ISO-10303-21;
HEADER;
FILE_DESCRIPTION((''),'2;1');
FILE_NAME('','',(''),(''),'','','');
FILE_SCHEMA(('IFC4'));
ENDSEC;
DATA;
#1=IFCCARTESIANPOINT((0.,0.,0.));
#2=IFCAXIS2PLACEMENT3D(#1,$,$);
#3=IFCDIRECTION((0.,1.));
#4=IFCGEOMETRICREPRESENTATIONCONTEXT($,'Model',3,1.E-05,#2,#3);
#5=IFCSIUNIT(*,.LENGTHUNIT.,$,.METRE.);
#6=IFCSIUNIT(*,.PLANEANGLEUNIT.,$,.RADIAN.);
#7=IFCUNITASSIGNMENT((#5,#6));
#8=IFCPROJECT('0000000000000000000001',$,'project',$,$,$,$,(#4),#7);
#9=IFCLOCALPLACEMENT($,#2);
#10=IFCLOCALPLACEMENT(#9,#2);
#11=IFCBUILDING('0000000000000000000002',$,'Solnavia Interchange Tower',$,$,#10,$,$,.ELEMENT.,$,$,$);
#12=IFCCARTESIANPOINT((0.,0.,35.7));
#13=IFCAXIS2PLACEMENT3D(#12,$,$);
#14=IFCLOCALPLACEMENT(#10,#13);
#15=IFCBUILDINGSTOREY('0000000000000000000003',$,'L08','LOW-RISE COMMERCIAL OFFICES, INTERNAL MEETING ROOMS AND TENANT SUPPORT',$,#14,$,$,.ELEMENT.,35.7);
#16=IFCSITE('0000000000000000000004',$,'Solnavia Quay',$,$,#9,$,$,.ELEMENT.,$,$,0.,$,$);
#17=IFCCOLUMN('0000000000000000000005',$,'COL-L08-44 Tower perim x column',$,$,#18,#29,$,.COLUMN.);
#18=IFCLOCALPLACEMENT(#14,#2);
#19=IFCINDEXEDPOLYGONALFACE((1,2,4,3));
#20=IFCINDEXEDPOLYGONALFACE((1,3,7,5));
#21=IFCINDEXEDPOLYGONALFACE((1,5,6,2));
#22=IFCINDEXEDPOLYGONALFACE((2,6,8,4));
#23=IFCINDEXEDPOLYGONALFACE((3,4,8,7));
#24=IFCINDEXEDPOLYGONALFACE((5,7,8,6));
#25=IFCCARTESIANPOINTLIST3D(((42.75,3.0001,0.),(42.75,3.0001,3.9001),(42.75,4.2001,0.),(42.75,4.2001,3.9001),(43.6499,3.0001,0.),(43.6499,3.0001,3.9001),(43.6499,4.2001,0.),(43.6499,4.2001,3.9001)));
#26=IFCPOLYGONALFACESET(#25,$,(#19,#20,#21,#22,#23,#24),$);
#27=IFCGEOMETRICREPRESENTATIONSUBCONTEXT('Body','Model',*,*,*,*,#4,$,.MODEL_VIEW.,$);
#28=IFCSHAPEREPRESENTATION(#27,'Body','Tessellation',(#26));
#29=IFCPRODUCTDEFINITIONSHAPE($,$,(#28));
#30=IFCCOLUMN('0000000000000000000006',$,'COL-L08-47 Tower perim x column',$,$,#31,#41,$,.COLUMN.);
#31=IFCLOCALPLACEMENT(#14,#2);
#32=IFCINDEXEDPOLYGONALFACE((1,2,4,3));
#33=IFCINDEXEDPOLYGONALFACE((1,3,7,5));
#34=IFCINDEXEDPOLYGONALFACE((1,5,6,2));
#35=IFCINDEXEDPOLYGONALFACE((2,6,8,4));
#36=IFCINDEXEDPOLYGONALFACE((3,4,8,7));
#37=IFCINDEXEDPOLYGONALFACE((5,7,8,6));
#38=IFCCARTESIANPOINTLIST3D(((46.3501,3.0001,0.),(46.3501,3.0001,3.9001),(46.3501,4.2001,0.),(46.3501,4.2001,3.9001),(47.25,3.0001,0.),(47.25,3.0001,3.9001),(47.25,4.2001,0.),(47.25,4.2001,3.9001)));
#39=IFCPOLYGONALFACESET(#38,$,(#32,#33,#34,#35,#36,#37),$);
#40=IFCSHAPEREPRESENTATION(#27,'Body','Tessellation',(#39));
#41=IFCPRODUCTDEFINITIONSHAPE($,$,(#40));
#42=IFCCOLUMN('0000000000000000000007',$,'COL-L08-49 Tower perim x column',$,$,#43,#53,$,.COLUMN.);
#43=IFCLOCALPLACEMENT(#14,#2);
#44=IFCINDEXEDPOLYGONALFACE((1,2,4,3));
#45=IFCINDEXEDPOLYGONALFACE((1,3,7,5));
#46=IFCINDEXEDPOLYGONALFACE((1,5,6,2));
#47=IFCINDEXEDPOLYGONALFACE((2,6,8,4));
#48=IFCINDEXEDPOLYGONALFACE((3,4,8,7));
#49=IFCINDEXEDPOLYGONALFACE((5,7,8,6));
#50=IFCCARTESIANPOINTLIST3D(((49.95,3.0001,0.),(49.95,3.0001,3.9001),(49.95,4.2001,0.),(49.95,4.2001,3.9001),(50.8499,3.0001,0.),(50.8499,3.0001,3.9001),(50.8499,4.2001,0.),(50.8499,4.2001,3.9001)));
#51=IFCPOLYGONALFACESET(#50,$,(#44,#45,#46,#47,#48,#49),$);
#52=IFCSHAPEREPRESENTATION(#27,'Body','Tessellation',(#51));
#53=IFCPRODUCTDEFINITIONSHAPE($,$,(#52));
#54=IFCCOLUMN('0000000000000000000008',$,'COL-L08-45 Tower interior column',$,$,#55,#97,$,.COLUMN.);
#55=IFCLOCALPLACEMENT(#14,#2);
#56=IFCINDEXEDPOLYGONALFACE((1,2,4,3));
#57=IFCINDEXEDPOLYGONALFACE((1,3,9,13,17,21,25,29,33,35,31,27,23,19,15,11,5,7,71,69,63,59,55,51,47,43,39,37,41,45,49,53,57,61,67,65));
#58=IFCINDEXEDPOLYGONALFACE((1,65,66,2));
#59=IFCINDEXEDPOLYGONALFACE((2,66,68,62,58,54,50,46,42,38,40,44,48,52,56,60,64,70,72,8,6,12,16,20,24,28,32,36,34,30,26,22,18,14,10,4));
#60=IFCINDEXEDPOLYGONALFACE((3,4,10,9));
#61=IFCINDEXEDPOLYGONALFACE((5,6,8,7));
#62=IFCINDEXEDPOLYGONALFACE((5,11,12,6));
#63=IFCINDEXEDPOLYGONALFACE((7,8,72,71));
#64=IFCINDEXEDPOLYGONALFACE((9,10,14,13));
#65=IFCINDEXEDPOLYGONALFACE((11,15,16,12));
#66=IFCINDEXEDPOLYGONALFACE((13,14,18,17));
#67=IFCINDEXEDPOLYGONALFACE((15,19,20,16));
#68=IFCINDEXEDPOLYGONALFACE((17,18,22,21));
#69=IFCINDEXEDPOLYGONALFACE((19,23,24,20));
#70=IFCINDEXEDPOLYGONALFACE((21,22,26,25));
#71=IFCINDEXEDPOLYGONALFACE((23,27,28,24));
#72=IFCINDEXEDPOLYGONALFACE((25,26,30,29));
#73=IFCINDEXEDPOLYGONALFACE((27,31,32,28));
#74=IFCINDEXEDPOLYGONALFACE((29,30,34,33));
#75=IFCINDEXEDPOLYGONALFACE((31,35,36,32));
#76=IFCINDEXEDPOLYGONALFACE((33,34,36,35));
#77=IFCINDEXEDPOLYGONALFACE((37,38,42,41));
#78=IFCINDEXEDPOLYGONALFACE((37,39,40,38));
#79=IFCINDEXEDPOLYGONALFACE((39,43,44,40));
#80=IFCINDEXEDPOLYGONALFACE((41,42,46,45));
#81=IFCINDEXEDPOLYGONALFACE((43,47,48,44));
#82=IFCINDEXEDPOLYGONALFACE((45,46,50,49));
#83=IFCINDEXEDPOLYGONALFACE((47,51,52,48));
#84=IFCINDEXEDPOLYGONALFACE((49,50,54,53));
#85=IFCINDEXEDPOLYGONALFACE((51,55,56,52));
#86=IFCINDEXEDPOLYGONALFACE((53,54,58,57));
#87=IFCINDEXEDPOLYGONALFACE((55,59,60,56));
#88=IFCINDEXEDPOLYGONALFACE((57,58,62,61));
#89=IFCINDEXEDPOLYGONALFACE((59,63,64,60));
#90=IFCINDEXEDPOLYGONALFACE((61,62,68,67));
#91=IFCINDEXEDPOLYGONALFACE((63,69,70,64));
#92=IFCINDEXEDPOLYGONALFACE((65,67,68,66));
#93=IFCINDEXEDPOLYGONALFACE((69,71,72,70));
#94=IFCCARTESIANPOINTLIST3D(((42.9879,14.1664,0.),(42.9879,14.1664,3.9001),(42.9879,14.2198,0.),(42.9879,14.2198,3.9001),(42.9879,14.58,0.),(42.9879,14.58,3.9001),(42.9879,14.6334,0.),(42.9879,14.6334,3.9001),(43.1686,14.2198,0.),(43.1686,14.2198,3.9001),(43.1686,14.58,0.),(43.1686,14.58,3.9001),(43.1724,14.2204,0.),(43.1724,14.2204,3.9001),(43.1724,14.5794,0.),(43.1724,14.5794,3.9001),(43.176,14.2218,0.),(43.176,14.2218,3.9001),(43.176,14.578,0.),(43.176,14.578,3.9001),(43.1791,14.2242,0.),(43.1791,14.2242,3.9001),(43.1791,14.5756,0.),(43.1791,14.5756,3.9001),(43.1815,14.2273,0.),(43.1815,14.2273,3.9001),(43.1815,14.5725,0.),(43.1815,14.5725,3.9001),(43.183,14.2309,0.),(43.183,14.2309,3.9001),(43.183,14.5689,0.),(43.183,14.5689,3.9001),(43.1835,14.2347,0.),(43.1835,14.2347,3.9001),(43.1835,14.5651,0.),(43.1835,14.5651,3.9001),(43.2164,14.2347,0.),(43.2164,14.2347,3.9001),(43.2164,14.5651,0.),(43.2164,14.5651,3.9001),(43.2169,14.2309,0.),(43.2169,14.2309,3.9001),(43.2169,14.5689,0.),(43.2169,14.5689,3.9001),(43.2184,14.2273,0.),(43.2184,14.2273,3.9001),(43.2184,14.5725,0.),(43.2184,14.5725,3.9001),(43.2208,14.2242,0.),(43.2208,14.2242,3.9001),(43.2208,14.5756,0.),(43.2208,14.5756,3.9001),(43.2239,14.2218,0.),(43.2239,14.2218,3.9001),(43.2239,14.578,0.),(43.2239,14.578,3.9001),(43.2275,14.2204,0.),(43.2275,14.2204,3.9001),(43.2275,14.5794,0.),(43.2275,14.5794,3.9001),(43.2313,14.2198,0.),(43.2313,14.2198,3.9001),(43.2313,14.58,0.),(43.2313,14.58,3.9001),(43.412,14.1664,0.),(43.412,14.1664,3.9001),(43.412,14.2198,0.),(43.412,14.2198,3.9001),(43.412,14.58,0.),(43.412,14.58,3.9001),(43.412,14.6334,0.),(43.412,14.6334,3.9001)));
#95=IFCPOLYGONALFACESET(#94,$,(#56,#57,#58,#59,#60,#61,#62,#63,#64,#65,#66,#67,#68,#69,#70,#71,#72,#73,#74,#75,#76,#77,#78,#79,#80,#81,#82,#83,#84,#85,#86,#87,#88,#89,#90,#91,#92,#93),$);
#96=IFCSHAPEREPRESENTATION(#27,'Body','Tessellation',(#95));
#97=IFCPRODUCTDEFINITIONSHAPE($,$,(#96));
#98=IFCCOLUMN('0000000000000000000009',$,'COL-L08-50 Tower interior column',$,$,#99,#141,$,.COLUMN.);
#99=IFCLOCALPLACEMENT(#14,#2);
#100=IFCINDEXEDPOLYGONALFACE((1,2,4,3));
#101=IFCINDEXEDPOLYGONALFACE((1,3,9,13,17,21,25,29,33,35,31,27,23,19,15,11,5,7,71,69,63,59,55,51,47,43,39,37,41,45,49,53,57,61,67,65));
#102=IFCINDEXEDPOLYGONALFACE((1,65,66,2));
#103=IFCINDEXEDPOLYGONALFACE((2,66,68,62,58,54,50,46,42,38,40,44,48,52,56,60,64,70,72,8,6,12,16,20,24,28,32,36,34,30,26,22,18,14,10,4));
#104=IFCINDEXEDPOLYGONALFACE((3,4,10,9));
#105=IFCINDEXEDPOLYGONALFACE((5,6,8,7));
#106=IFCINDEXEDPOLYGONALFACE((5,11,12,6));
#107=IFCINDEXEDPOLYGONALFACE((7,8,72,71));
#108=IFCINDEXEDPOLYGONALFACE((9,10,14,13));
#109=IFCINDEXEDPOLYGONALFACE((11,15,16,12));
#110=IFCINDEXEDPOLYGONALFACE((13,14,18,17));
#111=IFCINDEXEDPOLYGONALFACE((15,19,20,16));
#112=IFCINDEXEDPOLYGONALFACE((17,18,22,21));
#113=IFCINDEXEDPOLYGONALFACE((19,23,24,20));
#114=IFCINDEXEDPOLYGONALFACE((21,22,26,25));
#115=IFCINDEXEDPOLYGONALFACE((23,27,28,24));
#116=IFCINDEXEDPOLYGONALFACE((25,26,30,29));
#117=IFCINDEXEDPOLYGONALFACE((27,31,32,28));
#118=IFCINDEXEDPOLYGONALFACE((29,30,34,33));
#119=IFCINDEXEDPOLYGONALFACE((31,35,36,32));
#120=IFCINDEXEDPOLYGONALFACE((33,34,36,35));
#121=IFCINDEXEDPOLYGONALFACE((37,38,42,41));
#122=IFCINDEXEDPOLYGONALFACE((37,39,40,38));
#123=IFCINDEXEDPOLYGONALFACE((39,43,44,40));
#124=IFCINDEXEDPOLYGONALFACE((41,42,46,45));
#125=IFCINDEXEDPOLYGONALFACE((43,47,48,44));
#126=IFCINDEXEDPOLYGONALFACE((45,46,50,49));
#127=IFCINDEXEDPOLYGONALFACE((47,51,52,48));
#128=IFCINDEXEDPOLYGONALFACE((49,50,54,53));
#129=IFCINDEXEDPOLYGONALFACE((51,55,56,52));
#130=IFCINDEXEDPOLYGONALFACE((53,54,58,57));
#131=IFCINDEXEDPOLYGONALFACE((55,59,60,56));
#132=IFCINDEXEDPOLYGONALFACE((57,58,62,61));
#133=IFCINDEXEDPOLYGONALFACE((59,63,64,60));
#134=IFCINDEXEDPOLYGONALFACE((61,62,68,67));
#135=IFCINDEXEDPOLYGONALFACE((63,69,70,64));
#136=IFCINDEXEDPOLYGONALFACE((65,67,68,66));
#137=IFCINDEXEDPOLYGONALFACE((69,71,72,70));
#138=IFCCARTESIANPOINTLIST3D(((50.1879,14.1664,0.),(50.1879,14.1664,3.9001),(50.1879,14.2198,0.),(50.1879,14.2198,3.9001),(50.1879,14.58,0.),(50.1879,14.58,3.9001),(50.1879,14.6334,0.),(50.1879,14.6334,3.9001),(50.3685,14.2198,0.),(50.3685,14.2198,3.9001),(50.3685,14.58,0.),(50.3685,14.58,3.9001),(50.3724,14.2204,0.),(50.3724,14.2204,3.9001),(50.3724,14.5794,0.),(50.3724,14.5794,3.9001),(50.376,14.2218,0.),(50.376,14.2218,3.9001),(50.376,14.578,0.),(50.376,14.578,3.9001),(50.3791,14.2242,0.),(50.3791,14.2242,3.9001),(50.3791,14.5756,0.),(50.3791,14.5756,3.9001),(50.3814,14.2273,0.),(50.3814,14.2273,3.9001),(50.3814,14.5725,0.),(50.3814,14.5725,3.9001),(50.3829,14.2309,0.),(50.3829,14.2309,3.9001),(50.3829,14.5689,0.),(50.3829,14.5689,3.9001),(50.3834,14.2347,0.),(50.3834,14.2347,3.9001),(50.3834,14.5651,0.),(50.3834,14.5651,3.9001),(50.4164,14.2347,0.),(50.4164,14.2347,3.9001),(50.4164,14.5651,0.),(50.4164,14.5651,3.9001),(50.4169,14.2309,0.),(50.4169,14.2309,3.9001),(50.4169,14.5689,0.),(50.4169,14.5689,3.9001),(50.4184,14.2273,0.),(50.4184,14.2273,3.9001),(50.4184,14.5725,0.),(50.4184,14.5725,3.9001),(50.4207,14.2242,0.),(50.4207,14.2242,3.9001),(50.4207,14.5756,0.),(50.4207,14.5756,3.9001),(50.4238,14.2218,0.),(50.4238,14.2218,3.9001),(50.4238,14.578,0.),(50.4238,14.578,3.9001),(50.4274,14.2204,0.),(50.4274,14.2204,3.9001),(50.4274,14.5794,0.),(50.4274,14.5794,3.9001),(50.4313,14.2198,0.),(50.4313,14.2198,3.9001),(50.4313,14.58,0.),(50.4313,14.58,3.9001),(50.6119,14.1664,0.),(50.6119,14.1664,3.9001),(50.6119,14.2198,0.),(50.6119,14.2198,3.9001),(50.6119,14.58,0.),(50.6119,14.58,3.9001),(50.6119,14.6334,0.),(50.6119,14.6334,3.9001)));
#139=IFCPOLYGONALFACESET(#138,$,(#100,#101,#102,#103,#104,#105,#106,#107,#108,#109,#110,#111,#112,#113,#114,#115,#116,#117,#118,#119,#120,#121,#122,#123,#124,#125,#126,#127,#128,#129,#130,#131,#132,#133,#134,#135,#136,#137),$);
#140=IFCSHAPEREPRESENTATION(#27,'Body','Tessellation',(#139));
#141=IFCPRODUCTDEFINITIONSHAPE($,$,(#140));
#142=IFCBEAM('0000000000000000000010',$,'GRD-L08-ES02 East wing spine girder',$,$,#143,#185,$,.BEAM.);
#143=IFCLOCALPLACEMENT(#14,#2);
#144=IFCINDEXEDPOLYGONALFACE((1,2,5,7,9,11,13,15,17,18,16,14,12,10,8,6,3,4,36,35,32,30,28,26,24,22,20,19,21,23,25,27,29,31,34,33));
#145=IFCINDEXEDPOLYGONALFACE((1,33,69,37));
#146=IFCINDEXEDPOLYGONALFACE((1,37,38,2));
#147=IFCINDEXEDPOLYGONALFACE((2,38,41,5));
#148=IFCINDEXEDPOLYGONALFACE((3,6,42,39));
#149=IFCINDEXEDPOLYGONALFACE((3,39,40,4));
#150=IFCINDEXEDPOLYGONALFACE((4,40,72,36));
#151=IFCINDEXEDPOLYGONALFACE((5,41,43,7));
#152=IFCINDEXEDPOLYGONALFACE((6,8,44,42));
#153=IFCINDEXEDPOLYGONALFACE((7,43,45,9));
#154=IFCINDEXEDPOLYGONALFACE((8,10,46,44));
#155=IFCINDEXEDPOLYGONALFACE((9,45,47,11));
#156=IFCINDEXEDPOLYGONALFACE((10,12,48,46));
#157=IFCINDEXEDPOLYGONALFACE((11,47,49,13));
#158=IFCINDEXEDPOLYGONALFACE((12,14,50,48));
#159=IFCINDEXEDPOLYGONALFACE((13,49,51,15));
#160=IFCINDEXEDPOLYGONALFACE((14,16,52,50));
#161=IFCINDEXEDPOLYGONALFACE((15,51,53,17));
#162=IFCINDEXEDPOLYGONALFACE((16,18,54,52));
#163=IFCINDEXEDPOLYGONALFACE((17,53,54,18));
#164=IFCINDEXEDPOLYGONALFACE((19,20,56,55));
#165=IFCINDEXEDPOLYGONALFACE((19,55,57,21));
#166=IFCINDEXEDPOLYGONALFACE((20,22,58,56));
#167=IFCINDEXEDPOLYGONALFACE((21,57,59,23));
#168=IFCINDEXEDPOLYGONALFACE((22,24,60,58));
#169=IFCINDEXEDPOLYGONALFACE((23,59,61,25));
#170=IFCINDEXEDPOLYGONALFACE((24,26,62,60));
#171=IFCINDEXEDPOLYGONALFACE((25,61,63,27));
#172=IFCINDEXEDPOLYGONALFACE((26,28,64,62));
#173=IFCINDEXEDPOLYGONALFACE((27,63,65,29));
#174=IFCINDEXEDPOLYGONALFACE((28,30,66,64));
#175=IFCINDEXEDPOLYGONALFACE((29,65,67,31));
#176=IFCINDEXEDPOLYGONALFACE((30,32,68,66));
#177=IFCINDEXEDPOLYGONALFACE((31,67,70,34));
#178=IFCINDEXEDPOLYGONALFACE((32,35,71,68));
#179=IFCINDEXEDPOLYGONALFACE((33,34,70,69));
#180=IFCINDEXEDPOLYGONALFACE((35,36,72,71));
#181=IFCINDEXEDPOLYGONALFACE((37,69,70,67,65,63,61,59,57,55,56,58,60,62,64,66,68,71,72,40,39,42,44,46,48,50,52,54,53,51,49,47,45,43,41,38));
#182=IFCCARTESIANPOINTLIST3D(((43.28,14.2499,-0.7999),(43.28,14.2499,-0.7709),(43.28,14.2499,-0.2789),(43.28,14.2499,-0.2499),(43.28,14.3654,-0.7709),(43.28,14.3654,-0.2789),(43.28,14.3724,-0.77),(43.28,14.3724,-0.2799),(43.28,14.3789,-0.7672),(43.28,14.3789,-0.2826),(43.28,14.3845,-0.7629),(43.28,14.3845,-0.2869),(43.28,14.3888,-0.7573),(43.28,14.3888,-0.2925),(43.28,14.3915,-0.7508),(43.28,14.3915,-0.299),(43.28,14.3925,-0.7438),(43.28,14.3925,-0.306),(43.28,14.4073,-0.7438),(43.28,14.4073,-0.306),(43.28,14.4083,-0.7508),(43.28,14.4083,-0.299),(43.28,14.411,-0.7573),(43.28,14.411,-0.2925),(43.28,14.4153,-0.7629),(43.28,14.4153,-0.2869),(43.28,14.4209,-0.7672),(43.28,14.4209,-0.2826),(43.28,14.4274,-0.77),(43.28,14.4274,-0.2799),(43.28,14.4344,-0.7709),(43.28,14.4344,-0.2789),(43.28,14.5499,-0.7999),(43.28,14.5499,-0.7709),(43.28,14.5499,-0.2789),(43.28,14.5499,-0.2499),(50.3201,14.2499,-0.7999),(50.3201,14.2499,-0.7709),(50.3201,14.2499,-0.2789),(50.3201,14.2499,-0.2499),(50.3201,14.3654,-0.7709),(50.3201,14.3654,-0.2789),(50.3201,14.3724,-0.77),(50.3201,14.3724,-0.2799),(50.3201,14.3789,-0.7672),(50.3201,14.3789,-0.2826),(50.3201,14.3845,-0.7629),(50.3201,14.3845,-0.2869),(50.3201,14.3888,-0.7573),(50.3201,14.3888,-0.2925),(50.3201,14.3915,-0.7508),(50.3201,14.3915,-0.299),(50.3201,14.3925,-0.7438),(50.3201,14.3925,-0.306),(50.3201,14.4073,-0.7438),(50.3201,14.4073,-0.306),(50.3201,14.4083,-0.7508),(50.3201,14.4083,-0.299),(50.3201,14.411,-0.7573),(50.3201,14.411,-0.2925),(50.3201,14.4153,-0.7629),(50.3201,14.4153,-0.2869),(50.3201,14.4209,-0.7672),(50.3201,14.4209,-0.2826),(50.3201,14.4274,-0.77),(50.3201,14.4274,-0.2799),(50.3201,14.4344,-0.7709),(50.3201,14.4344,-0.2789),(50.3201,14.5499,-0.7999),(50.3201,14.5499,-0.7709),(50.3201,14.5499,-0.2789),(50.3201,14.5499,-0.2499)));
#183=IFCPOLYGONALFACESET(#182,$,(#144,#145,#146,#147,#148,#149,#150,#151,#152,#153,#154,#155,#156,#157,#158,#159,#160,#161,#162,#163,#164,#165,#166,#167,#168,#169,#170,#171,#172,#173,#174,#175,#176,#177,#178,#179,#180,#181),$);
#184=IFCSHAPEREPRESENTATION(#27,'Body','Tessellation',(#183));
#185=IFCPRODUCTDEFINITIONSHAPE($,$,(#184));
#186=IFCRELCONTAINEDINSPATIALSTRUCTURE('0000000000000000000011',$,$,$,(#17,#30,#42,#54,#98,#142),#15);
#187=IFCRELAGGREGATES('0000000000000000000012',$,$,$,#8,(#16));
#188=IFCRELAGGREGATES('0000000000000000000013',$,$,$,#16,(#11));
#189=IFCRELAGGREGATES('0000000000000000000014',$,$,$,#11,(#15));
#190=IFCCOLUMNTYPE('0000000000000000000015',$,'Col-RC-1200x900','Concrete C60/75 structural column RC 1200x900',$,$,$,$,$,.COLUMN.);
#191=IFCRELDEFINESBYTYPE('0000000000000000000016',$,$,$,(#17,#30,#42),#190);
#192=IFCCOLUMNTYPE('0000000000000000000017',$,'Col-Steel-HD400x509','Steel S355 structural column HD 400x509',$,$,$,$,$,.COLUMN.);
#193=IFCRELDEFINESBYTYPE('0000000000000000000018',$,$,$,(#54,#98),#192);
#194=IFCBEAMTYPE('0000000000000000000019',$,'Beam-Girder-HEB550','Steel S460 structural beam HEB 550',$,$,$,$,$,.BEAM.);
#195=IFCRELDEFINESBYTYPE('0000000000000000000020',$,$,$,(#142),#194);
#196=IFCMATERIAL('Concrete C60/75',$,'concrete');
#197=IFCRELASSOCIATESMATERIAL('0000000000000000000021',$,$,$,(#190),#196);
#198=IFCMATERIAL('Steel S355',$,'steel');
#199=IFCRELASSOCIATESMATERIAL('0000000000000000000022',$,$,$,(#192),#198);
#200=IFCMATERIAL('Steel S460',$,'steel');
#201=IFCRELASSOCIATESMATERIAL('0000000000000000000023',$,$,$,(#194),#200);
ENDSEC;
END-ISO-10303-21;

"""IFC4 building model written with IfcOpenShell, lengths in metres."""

from ifc_helpers import new_model, si_unit, direction, frame, origin, origin_2d, place, context, subcontext, project, spatial, rectangle, i_section, extrude, material, material_profile, profile_set, type_object, element, save


model = new_model("IFC4")

# Units and contexts
model_context = context("Model", 3, precision=1e-05, world=origin(), true_north=direction((0.0, 1.0)))
body_context = subcontext(model_context, "Body", "Model", "MODEL_VIEW")
ifc_project = project(units=[si_unit("LENGTHUNIT", "METRE"), si_unit("PLANEANGLEUNIT", "RADIAN")], contexts=[model_context])

# Site, building, storey
site_placement = place(None, origin())
site = spatial("IfcSite", under=ifc_project, at=site_placement, Name="Solnavia Quay", CompositionType="ELEMENT", RefElevation=0.0)
building_placement = place(site_placement, origin())
building = spatial("IfcBuilding", under=site, at=building_placement, Name="Solnavia Interchange Tower", CompositionType="ELEMENT")
storey_placement = place(building_placement, frame((0.0, 0.0, 35.7)))
storey = spatial("IfcBuildingStorey", under=building, at=storey_placement, Name="L08", Description="LOW-RISE COMMERCIAL OFFICES, INTERNAL MEETING ROOMS AND TENANT SUPPORT", CompositionType="ELEMENT", Elevation=35.7)

# Columns
ifc_material_1 = material(Name="Concrete C60/75", Category="concrete")
ifc_material_profile_1 = material_profile(ifc_material_1, rectangle(XDim=0.8999, YDim=1.2, at=origin_2d()), Name="RC 1200x900")
ifc_profile_set_1 = profile_set([ifc_material_profile_1], Name="Concrete C60/75")
column_type_1 = type_object("IfcColumnType", Name="Col-RC-1200x900", Description="Concrete C60/75 structural column RC 1200x900", PredefinedType="COLUMN", material=ifc_profile_set_1)
for number, where, z_axis, x_axis, name in (
    (1, (43.2, 3.6001, 0.0), (0.0, 0.0, 1.0), (1.0, 0.0, 0.0), "COL-L08-44 Tower perim x column"),
    (2, (46.8, 3.6001, 0.0), (0.0, 0.0, 1.0), (1.0, 0.0, 0.0), "COL-L08-47 Tower perim x column"),
    (3, (50.3999, 3.6001, 0.0), (0.0, 0.0, 1.0), (1.0, 0.0, 0.0), "COL-L08-49 Tower perim x column"),
):
    element("IfcColumn", number, at=place(storey_placement, frame(where, z_axis=z_axis, x_axis=x_axis)), inside=storey, type_object=column_type_1, Name=name, PredefinedType="COLUMN", context=body_context, shape_type="SweptSolid", body=[
        extrude(rectangle(XDim=0.8999, YDim=1.2, at=origin_2d()), origin(), (0.0, 0.0, 1.0), 3.9001),
    ])
ifc_material_2 = material(Name="Steel S355", Category="steel")
ifc_material_profile_2 = material_profile(ifc_material_2, i_section(OverallWidth=0.4241, OverallDepth=0.467, WebThickness=0.033, FlangeThickness=0.0535, FilletRadius=0.0149, at=origin_2d()), Name="HD 400x509")
ifc_profile_set_2 = profile_set([ifc_material_profile_2], Name="Steel S355")
column_type_2 = type_object("IfcColumnType", Name="Col-Steel-HD400x509", Description="Steel S355 structural column HD 400x509", PredefinedType="COLUMN", material=ifc_profile_set_2)
for number, where, z_axis, x_axis, name in (
    (4, (43.2, 14.3999, 0.0), (0.0, 0.0, 1.0), (1.0, 0.0, 0.0), "COL-L08-45 Tower interior column"),
    (5, (50.3999, 14.3999, 0.0), (0.0, 0.0, 1.0), (1.0, 0.0, 0.0), "COL-L08-50 Tower interior column"),
):
    element("IfcColumn", number, at=place(storey_placement, frame(where, z_axis=z_axis, x_axis=x_axis)), inside=storey, type_object=column_type_2, Name=name, PredefinedType="COLUMN", context=body_context, shape_type="SweptSolid", body=[
        extrude(i_section(OverallWidth=0.4241, OverallDepth=0.467, WebThickness=0.033, FlangeThickness=0.0535, FilletRadius=0.0149, at=origin_2d()), origin(), (0.0, 0.0, 1.0), 3.9001),
    ])

# Beam
ifc_material_3 = material(Name="Steel S460", Category="steel")
ifc_material_profile_3 = material_profile(ifc_material_3, i_section(OverallWidth=0.3, OverallDepth=0.55, WebThickness=0.0149, FlangeThickness=0.0291, FilletRadius=0.0271, at=origin_2d()), Name="HEB 550")
ifc_profile_set_3 = profile_set([ifc_material_profile_3], Name="Steel S460")
beam_type_1 = type_object("IfcBeamType", Name="Beam-Girder-HEB550", Description="Steel S460 structural beam HEB 550", PredefinedType="BEAM", material=ifc_profile_set_3)
beam_1_placement = place(storey_placement, frame((43.28, 14.3999, -0.5249), z_axis=(1.0, 0.0, 0.0), x_axis=(0.0, 1.0, 0.0)))
element("IfcBeam", 6, at=beam_1_placement, inside=storey, type_object=beam_type_1, Name="GRD-L08-ES02 East wing spine girder", PredefinedType="BEAM", context=body_context, shape_type="SweptSolid", body=[
    extrude(i_section(OverallWidth=0.3, OverallDepth=0.55, WebThickness=0.0149, FlangeThickness=0.0291, FilletRadius=0.0271, at=origin_2d()), origin(), (0.0, 0.0, 1.0), 7.04),
])

save(model, "model.ifc")
